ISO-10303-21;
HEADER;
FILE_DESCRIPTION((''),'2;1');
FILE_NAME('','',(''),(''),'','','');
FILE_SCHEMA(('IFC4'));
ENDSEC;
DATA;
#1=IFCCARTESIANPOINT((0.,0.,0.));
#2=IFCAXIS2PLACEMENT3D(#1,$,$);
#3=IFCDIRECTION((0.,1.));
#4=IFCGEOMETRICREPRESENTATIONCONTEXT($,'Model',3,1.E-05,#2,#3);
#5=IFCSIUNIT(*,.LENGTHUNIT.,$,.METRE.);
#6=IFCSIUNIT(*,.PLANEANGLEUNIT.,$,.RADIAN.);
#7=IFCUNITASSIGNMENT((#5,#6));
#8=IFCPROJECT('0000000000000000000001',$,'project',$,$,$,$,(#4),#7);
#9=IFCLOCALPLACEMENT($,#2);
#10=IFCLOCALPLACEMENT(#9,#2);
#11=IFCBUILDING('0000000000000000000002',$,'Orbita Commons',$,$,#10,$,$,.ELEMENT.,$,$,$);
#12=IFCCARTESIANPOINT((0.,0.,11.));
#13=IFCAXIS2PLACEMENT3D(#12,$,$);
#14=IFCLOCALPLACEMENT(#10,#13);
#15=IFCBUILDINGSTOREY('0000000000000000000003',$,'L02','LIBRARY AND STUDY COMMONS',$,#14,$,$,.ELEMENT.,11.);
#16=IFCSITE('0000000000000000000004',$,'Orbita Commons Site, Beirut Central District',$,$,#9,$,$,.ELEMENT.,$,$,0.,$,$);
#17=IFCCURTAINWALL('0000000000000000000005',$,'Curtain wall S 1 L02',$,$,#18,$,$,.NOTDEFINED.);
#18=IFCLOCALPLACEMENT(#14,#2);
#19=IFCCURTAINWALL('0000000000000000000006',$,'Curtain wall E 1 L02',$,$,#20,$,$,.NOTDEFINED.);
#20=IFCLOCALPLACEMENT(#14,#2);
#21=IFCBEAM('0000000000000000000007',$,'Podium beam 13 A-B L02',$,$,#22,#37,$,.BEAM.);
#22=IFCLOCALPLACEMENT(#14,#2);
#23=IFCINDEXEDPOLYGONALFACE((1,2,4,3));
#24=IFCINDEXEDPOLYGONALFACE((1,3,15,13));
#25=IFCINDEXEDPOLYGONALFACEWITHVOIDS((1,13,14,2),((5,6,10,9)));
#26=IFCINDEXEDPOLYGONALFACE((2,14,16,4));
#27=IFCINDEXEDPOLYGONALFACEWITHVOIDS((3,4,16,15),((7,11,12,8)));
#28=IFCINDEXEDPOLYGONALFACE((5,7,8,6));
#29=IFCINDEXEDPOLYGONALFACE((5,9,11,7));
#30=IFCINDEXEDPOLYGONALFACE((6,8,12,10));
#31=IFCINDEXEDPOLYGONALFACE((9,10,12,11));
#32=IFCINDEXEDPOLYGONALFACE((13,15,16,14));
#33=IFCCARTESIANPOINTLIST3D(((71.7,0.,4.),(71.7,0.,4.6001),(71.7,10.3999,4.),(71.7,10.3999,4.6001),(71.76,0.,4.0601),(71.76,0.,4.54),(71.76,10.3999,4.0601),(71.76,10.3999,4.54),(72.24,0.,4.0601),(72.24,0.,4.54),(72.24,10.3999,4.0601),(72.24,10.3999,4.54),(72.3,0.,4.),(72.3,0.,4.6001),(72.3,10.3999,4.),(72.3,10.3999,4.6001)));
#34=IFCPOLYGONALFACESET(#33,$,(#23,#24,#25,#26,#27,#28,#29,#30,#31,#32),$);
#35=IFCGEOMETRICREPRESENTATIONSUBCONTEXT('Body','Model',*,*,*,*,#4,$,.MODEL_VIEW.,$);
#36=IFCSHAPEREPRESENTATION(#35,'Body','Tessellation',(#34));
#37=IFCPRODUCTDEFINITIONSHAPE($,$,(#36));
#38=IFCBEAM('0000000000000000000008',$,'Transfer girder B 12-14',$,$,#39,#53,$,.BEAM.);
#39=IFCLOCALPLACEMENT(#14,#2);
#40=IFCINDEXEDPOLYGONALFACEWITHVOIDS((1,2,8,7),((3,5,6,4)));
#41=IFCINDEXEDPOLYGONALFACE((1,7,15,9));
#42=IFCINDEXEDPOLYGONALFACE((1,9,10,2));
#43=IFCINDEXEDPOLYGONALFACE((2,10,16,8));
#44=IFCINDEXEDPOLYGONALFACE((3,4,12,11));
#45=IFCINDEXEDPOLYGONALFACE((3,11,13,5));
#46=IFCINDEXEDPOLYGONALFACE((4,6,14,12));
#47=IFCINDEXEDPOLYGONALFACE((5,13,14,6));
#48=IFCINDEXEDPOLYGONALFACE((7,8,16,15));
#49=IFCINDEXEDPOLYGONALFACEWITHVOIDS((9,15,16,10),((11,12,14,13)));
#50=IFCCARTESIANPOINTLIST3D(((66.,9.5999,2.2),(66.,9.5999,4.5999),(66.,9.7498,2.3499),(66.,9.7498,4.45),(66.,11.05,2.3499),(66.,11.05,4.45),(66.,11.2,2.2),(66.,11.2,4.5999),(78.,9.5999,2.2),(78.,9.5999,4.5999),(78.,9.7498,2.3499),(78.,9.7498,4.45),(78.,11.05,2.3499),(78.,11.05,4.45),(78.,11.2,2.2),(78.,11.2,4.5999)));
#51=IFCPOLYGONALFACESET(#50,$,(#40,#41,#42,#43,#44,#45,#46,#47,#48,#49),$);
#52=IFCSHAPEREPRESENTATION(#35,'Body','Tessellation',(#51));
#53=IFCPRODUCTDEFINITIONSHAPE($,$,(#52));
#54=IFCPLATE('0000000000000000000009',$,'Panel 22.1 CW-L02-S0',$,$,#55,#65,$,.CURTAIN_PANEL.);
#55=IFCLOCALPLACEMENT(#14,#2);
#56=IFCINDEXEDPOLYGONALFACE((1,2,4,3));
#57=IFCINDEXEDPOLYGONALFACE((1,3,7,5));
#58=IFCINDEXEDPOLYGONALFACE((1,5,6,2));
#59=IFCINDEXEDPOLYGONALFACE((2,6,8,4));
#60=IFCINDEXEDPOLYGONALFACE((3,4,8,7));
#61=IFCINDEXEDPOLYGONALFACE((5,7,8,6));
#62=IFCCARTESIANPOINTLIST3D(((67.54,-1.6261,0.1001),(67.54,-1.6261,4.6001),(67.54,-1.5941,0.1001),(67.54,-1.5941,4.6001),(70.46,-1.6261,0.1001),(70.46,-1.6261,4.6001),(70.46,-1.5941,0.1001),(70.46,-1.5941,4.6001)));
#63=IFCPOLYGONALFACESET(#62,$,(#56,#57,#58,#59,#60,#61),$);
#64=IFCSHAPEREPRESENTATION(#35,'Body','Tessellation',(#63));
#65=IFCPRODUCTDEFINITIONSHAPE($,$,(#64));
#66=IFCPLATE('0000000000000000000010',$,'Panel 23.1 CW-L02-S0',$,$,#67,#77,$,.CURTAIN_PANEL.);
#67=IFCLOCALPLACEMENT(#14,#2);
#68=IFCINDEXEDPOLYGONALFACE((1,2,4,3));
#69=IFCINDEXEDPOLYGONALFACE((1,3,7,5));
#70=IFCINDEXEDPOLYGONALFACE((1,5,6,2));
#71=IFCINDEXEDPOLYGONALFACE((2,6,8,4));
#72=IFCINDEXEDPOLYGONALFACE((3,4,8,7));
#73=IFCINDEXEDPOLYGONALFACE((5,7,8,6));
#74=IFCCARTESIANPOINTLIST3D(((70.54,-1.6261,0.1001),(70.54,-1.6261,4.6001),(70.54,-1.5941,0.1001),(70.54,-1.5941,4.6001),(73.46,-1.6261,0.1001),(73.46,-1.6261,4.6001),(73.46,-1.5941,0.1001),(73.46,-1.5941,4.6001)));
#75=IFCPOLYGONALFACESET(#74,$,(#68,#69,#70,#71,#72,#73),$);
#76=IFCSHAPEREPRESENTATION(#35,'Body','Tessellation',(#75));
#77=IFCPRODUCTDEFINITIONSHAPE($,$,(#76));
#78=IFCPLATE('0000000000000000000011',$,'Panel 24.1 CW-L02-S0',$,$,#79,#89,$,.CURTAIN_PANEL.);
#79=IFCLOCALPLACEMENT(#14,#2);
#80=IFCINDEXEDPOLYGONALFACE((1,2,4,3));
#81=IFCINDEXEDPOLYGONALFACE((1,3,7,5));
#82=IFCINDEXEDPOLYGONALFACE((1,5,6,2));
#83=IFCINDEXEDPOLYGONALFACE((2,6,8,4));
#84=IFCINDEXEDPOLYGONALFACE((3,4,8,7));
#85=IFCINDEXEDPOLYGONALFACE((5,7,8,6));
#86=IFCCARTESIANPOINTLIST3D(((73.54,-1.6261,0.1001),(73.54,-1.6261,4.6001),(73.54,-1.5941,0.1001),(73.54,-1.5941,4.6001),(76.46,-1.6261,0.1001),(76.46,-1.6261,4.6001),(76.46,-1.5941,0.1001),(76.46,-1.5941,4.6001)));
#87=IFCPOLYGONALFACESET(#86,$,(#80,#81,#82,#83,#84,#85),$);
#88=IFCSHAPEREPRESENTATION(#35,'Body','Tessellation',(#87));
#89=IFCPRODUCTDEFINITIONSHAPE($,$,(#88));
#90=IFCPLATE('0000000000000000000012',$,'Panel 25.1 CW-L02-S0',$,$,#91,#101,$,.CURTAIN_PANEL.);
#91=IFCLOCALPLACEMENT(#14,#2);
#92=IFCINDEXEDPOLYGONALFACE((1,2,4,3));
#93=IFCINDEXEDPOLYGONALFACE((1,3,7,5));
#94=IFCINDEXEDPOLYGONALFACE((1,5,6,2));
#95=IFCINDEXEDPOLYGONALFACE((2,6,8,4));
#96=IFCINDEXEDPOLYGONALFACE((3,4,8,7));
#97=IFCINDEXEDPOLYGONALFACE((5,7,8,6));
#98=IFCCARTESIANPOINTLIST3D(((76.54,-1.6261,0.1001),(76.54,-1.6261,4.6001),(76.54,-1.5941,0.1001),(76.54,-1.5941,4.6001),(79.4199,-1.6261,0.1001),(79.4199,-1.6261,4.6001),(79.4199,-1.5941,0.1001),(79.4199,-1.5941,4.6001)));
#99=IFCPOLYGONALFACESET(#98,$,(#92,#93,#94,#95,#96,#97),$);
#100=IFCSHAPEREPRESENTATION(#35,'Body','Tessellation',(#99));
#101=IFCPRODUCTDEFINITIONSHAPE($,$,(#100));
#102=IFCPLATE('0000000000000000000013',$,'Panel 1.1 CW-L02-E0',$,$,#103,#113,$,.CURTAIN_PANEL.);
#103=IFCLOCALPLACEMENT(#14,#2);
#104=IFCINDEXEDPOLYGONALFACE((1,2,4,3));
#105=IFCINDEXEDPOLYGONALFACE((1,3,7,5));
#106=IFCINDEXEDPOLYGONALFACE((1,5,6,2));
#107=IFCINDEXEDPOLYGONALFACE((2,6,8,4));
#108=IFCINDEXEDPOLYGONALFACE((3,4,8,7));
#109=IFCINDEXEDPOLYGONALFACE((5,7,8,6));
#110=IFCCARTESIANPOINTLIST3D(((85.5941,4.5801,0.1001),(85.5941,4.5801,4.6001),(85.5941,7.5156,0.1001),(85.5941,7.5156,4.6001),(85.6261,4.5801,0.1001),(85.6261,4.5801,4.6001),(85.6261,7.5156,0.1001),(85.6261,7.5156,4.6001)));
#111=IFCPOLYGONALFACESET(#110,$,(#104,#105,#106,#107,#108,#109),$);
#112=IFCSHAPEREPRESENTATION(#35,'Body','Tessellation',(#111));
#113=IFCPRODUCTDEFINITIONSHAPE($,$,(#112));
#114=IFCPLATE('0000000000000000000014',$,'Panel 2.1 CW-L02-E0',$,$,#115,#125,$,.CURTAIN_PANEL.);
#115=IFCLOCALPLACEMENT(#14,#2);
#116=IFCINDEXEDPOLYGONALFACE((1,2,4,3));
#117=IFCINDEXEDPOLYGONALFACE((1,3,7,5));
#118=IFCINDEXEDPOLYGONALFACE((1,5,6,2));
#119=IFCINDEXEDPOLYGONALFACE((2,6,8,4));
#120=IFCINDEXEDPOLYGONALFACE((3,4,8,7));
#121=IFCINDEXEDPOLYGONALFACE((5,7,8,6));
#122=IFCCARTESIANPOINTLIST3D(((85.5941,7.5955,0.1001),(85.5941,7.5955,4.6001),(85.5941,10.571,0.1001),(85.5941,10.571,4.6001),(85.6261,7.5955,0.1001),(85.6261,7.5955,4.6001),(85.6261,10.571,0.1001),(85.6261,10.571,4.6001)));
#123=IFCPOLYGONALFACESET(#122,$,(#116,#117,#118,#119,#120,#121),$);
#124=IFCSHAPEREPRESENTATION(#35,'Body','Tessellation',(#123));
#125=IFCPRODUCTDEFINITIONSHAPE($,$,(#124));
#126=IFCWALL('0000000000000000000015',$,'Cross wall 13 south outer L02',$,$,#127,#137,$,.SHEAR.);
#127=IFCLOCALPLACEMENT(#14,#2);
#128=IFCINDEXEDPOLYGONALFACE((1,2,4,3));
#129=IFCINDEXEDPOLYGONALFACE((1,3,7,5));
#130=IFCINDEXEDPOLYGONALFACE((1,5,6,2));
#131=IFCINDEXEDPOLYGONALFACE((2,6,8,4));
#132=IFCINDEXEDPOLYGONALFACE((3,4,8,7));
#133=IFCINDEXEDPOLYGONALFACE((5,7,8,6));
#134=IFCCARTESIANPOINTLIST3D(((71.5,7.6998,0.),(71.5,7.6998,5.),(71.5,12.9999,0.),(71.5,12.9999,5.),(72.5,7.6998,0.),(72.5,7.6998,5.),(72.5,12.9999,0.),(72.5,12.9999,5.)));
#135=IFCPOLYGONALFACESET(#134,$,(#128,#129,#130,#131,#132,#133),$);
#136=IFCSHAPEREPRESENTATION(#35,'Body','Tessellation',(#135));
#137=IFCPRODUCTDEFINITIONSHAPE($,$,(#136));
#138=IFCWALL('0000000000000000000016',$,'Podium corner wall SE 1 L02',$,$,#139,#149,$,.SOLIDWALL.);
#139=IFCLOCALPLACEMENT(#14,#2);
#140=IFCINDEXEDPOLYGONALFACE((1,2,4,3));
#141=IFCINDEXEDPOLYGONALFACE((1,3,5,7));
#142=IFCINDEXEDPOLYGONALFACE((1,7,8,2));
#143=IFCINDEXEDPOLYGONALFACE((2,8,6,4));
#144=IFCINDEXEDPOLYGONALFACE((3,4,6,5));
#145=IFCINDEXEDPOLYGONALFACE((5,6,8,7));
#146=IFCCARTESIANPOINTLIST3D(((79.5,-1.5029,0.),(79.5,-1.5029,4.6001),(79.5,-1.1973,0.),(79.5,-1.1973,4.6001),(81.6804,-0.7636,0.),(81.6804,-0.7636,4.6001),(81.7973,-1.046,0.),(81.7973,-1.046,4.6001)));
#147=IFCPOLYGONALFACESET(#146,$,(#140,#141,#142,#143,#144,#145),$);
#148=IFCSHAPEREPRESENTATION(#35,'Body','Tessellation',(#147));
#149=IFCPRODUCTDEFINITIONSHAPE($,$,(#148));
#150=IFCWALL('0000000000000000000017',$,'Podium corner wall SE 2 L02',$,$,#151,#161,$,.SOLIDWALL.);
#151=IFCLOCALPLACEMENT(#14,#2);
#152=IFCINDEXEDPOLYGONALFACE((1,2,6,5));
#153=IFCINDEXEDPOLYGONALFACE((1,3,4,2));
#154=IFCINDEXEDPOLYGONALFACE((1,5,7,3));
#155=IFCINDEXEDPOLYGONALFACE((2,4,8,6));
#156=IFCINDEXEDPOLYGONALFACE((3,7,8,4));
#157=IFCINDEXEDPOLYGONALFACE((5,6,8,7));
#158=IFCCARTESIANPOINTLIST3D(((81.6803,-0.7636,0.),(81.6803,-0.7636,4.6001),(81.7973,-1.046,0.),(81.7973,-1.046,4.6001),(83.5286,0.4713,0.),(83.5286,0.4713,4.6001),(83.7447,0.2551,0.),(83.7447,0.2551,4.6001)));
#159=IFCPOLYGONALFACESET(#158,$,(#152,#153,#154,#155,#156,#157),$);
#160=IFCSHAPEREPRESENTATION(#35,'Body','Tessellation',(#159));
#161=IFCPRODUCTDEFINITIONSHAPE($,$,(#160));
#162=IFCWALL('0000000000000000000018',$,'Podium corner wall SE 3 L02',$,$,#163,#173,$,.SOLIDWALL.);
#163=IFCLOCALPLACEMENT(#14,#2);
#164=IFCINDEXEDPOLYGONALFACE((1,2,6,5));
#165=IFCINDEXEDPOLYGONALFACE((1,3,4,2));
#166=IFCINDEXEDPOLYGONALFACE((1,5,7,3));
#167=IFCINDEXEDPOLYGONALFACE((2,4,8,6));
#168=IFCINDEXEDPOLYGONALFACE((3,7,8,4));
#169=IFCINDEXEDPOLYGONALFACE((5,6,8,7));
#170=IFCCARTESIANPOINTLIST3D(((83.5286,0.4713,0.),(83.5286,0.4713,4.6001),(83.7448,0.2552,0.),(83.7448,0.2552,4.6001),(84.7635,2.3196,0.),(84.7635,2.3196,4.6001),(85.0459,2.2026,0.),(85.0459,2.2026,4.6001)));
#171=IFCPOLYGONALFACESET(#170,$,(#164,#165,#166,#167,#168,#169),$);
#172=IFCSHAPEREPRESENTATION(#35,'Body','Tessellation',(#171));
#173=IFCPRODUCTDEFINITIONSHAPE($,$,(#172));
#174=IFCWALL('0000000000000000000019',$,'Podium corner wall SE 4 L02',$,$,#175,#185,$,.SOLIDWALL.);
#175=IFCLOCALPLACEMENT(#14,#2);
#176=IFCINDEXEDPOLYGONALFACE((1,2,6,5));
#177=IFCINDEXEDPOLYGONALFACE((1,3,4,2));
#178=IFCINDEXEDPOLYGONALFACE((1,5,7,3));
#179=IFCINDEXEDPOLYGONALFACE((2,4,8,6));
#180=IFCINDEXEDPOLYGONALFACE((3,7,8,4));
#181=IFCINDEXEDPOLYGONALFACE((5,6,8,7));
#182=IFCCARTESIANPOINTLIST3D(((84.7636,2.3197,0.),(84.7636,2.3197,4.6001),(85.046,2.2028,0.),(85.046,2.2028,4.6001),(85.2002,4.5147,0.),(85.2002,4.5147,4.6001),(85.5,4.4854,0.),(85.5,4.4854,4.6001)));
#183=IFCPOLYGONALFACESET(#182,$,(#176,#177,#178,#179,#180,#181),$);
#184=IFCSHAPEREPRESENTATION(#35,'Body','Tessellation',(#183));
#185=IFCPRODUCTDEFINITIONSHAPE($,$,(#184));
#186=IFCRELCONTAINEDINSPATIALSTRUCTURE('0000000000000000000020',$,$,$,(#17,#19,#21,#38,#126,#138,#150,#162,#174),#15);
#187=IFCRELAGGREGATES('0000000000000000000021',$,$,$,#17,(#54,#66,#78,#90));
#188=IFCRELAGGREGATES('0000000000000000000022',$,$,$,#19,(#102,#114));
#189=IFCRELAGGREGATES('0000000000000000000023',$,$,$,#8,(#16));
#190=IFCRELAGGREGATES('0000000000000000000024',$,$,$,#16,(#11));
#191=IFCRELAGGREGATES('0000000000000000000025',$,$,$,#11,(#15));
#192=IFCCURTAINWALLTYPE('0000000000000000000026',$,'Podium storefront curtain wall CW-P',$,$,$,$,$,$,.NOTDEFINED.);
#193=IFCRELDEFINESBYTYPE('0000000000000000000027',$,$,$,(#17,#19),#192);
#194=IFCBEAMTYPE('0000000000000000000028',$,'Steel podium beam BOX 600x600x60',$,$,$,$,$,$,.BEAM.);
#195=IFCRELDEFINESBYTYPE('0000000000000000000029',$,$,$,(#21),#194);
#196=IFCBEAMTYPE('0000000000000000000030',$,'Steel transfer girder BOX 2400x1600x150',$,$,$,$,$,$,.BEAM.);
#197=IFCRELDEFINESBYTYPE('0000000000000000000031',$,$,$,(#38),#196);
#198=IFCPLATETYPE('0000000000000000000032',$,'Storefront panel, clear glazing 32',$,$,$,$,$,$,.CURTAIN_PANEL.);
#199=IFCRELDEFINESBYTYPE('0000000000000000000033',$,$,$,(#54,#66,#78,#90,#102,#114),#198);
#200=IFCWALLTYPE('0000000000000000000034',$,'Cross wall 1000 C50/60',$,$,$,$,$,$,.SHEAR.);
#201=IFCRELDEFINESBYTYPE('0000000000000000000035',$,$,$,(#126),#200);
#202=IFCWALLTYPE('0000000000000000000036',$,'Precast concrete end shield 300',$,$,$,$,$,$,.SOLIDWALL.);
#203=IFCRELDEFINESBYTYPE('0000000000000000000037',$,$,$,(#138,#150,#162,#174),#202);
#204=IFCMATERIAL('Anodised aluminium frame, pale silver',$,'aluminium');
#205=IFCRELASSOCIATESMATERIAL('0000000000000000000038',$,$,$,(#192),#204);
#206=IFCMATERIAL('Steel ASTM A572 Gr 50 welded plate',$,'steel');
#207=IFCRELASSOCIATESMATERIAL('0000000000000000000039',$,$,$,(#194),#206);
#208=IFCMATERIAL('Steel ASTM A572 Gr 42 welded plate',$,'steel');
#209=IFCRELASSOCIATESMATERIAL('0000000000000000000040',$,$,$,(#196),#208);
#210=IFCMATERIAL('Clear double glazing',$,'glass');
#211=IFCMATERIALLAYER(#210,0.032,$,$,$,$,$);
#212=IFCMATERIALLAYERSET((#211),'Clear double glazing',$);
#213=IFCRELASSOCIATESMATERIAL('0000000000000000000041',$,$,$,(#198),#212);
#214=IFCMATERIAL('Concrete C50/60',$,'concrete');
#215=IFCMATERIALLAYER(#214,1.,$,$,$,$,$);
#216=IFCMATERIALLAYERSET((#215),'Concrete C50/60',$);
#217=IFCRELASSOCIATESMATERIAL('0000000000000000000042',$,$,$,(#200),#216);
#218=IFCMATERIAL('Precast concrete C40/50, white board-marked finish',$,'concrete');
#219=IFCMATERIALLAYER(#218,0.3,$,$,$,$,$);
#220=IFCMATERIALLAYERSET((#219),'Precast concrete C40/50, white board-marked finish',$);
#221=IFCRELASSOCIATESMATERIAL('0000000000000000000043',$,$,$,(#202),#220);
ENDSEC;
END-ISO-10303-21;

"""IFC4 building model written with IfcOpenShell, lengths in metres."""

from ifc_helpers import new_model, si_unit, direction, frame, frame_2d, origin, origin_2d, place, context, subcontext, project, spatial, polyline, rectangle, hollow_rectangle, outline, extrude, material, layer, layer_set, material_profile, profile_set, type_object, element, aggregate, save


model = new_model("IFC4")

# Units and contexts
model_context = context("Model", 3, precision=1e-05, world=origin(), true_north=direction((0.0, 1.0)))
body_context = subcontext(model_context, "Body", "Model", "MODEL_VIEW")
ifc_project = project(units=[si_unit("LENGTHUNIT", "METRE"), si_unit("PLANEANGLEUNIT", "RADIAN")], contexts=[model_context])

# Site, building, storey
site_placement = place(None, origin())
site = spatial("IfcSite", under=ifc_project, at=site_placement, Name="Orbita Commons Site, Beirut Central District", CompositionType="ELEMENT", RefElevation=0.0)
building_placement = place(site_placement, origin())
building = spatial("IfcBuilding", under=site, at=building_placement, Name="Orbita Commons", CompositionType="ELEMENT")
storey_placement = place(building_placement, frame((0.0, 0.0, 11.0)))
storey = spatial("IfcBuildingStorey", under=building, at=storey_placement, Name="L02", Description="LIBRARY AND STUDY COMMONS", CompositionType="ELEMENT", Elevation=11.0)

# Curtain walls
ifc_material_1 = material(Name="Anodised aluminium frame, pale silver", Category="aluminium")
curtain_wall_type = type_object("IfcCurtainWallType", Name="Podium storefront curtain wall CW-P", PredefinedType="NOTDEFINED", material=ifc_material_1)
curtain_wall_1_placement = place(storey_placement, origin())
curtain_wall_1 = element("IfcCurtainWall", 1, at=curtain_wall_1_placement, inside=storey, type_object=curtain_wall_type, Name="Curtain wall S 1 L02", PredefinedType="NOTDEFINED")
curtain_wall_2_placement = place(storey_placement, origin())
curtain_wall_2 = element("IfcCurtainWall", 2, at=curtain_wall_2_placement, inside=storey, type_object=curtain_wall_type, Name="Curtain wall E 1 L02", PredefinedType="NOTDEFINED")

# Beams
ifc_material_2 = material(Name="Steel ASTM A572 Gr 50 welded plate", Category="steel")
ifc_material_profile_1 = material_profile(ifc_material_2, hollow_rectangle(XDim=0.6001, YDim=0.6001, WallThickness=0.0601, at=origin_2d()), Name="BOX 600x600x60")
ifc_profile_set_1 = profile_set([ifc_material_profile_1], Name="Steel ASTM A572 Gr 50 welded plate")
beam_type_1 = type_object("IfcBeamType", Name="Steel podium beam BOX 600x600x60", PredefinedType="BEAM", material=ifc_profile_set_1)
beam_1_placement = place(storey_placement, frame((72.0, 0.0, 4.3), z_axis=(0.0, 1.0, 0.0), x_axis=(-1.0, 0.0, 0.0)))
element("IfcBeam", 3, at=beam_1_placement, inside=storey, type_object=beam_type_1, Name="Podium beam 13 A-B L02", PredefinedType="BEAM", context=body_context, shape_type="SweptSolid", body=[
    extrude(hollow_rectangle(XDim=0.6001, YDim=0.6001, WallThickness=0.0601, at=origin_2d()), origin(), (0.0, 0.0, 1.0), 10.3999),
])
ifc_material_3 = material(Name="Steel ASTM A572 Gr 42 welded plate", Category="steel")
ifc_material_profile_2 = material_profile(ifc_material_3, hollow_rectangle(XDim=1.6001, YDim=2.3999, WallThickness=0.1499, at=origin_2d()), Name="BOX 2400x1600x150")
ifc_profile_set_2 = profile_set([ifc_material_profile_2], Name="Steel ASTM A572 Gr 42 welded plate")
beam_type_2 = type_object("IfcBeamType", Name="Steel transfer girder BOX 2400x1600x150", PredefinedType="BEAM", material=ifc_profile_set_2)
beam_2_placement = place(storey_placement, frame((66.0, 10.3999, 3.3999), z_axis=(1.0, 0.0, 0.0), x_axis=(0.0, 1.0, 0.0)))
element("IfcBeam", 4, at=beam_2_placement, inside=storey, type_object=beam_type_2, Name="Transfer girder B 12-14", PredefinedType="BEAM", context=body_context, shape_type="SweptSolid", body=[
    extrude(hollow_rectangle(XDim=1.6001, YDim=2.3999, WallThickness=0.1499, at=origin_2d()), origin(), (0.0, 0.0, 1.0), 12.0),
])

# Plates
ifc_material_4 = material(Name="Clear double glazing", Category="glass")
ifc_layer_1 = layer(ifc_material_4, 0.032)
ifc_layer_set_1 = layer_set([ifc_layer_1], Name="Clear double glazing")
plate_type = type_object("IfcPlateType", Name="Storefront panel, clear glazing 32", PredefinedType="CURTAIN_PANEL", material=ifc_layer_set_1)
plate_1_placement = place(storey_placement, frame((69.0, -1.6101, 0.1001), z_axis=(0.0, 0.0, 1.0), x_axis=(1.0, 0.0, 0.0)))
plate_1 = element("IfcPlate", 5, at=plate_1_placement, type_object=plate_type, Name="Panel 22.1 CW-L02-S0", PredefinedType="CURTAIN_PANEL", context=body_context, shape_type="SweptSolid", body=[
    extrude(rectangle(XDim=2.9199, YDim=0.032, at=origin_2d()), origin(), (0.0, 0.0, 1.0), 4.5),
])
plate_2_placement = place(storey_placement, frame((72.0, -1.6101, 0.1001), z_axis=(0.0, 0.0, 1.0), x_axis=(1.0, 0.0, 0.0)))
plate_2 = element("IfcPlate", 6, at=plate_2_placement, type_object=plate_type, Name="Panel 23.1 CW-L02-S0", PredefinedType="CURTAIN_PANEL", context=body_context, shape_type="SweptSolid", body=[
    extrude(rectangle(XDim=2.9199, YDim=0.032, at=origin_2d()), origin(), (0.0, 0.0, 1.0), 4.5),
])
plate_3_placement = place(storey_placement, frame((75.0, -1.6101, 0.1001), z_axis=(0.0, 0.0, 1.0), x_axis=(1.0, 0.0, 0.0)))
plate_3 = element("IfcPlate", 7, at=plate_3_placement, type_object=plate_type, Name="Panel 24.1 CW-L02-S0", PredefinedType="CURTAIN_PANEL", context=body_context, shape_type="SweptSolid", body=[
    extrude(rectangle(XDim=2.9199, YDim=0.032, at=origin_2d()), origin(), (0.0, 0.0, 1.0), 4.5),
])
plate_4_placement = place(storey_placement, frame((77.98, -1.6101, 0.1001), z_axis=(0.0, 0.0, 1.0), x_axis=(1.0, 0.0, 0.0)))
plate_4 = element("IfcPlate", 8, at=plate_4_placement, type_object=plate_type, Name="Panel 25.1 CW-L02-S0", PredefinedType="CURTAIN_PANEL", context=body_context, shape_type="SweptSolid", body=[
    extrude(rectangle(XDim=2.8799, YDim=0.032, at=origin_2d()), origin(), (0.0, 0.0, 1.0), 4.5),
])
aggregate(curtain_wall_1, [plate_1, plate_2, plate_3, plate_4])
plate_5_placement = place(storey_placement, frame((85.6101, 6.0479, 0.1001), z_axis=(0.0, 0.0, 1.0), x_axis=(0.0, 1.0, 0.0)))
plate_5 = element("IfcPlate", 9, at=plate_5_placement, type_object=plate_type, Name="Panel 1.1 CW-L02-E0", PredefinedType="CURTAIN_PANEL", context=body_context, shape_type="SweptSolid", body=[
    extrude(rectangle(XDim=2.9355, YDim=0.032, at=origin_2d()), origin(), (0.0, 0.0, 1.0), 4.5),
])
plate_6_placement = place(storey_placement, frame((85.6101, 9.0833, 0.1001), z_axis=(0.0, 0.0, 1.0), x_axis=(0.0, 1.0, 0.0)))
plate_6 = element("IfcPlate", 10, at=plate_6_placement, type_object=plate_type, Name="Panel 2.1 CW-L02-E0", PredefinedType="CURTAIN_PANEL", context=body_context, shape_type="SweptSolid", body=[
    extrude(rectangle(XDim=2.9756, YDim=0.032, at=origin_2d()), origin(), (0.0, 0.0, 1.0), 4.5),
])
aggregate(curtain_wall_2, [plate_5, plate_6])

# Walls
ifc_material_5 = material(Name="Concrete C50/60", Category="concrete")
ifc_layer_2 = layer(ifc_material_5, 1.0)
ifc_layer_set_2 = layer_set([ifc_layer_2], Name="Concrete C50/60")
wall_type_1 = type_object("IfcWallType", Name="Cross wall 1000 C50/60", PredefinedType="SHEAR", material=ifc_layer_set_2)
wall_1_placement = place(storey_placement, frame((72.0, 7.7, 0.0), z_axis=(0.0, 0.0, 1.0), x_axis=(0.0, 1.0, 0.0)))
element("IfcWall", 11, at=wall_1_placement, inside=storey, type_object=wall_type_1, Name="Cross wall 13 south outer L02", PredefinedType="SHEAR", context=body_context, shape_type="SweptSolid", body=[
    extrude(rectangle(XDim=5.3, YDim=1.0, at=frame_2d((2.6499, 0.0))), origin(), (0.0, 0.0, 1.0), 5.0),
])
ifc_material_6 = material(Name="Precast concrete C40/50, white board-marked finish", Category="concrete")
ifc_layer_3 = layer(ifc_material_6, 0.3)
ifc_layer_set_3 = layer_set([ifc_layer_3], Name="Precast concrete C40/50, white board-marked finish")
wall_type_2 = type_object("IfcWallType", Name="Precast concrete end shield 300", PredefinedType="SOLIDWALL", material=ifc_layer_set_3)
wall_2_placement = place(storey_placement, frame((79.5, -1.3501, 0.0), z_axis=(0.0, 0.0, 1.0), x_axis=(0.980786, 0.195088, 0.0)))
element("IfcWall", 12, at=wall_2_placement, inside=storey, type_object=wall_type_2, Name="Podium corner wall SE 1 L02", PredefinedType="SOLIDWALL", context=body_context, shape_type="SweptSolid", body=[
    extrude(outline(polyline([(-0.0298, -0.1499), (2.3125, -0.1499), (2.2529, 0.1499), (0.0298, 0.1499), (-0.0298, -0.1499)])), origin(), (0.0, 0.0, 1.0), 4.6001),
])
for number, where, z_axis, x_axis, name in (
    (13, (81.7388, -0.9048, 0.0), (0.0, 0.0, 1.0), (0.83149, 0.555539, 0.0), "Podium corner wall SE 2 L02"),
    (14, (83.6367, 0.3633, 0.0), (0.0, 0.0, 1.0), (0.555539, 0.83149, 0.0), "Podium corner wall SE 3 L02"),
):
    element("IfcWall", number, at=place(storey_placement, frame(where, z_axis=z_axis, x_axis=x_axis)), inside=storey, type_object=wall_type_2, Name=name, PredefinedType="SOLIDWALL", context=body_context, shape_type="SweptSolid", body=[
        extrude(outline(polyline([(-0.0298, -0.1499), (2.3123, -0.1499), (2.2527, 0.1499), (0.0298, 0.1499), (-0.0298, -0.1499)])), origin(), (0.0, 0.0, 1.0), 4.6001),
    ])
wall_3_placement = place(storey_placement, frame((84.9048, 2.2612, 0.0), z_axis=(0.0, 0.0, 1.0), x_axis=(0.195088, 0.980786, 0.0)))
element("IfcWall", 15, at=wall_3_placement, inside=storey, type_object=wall_type_2, Name="Podium corner wall SE 4 L02", PredefinedType="SOLIDWALL", context=body_context, shape_type="SweptSolid", body=[
    extrude(outline(polyline([(-0.0298, -0.1499), (2.2976, -0.1499), (2.2678, 0.1499), (0.0298, 0.1499), (-0.0298, -0.1499)])), origin(), (0.0, 0.0, 1.0), 4.6001),
])

save(model, "model.ifc")
